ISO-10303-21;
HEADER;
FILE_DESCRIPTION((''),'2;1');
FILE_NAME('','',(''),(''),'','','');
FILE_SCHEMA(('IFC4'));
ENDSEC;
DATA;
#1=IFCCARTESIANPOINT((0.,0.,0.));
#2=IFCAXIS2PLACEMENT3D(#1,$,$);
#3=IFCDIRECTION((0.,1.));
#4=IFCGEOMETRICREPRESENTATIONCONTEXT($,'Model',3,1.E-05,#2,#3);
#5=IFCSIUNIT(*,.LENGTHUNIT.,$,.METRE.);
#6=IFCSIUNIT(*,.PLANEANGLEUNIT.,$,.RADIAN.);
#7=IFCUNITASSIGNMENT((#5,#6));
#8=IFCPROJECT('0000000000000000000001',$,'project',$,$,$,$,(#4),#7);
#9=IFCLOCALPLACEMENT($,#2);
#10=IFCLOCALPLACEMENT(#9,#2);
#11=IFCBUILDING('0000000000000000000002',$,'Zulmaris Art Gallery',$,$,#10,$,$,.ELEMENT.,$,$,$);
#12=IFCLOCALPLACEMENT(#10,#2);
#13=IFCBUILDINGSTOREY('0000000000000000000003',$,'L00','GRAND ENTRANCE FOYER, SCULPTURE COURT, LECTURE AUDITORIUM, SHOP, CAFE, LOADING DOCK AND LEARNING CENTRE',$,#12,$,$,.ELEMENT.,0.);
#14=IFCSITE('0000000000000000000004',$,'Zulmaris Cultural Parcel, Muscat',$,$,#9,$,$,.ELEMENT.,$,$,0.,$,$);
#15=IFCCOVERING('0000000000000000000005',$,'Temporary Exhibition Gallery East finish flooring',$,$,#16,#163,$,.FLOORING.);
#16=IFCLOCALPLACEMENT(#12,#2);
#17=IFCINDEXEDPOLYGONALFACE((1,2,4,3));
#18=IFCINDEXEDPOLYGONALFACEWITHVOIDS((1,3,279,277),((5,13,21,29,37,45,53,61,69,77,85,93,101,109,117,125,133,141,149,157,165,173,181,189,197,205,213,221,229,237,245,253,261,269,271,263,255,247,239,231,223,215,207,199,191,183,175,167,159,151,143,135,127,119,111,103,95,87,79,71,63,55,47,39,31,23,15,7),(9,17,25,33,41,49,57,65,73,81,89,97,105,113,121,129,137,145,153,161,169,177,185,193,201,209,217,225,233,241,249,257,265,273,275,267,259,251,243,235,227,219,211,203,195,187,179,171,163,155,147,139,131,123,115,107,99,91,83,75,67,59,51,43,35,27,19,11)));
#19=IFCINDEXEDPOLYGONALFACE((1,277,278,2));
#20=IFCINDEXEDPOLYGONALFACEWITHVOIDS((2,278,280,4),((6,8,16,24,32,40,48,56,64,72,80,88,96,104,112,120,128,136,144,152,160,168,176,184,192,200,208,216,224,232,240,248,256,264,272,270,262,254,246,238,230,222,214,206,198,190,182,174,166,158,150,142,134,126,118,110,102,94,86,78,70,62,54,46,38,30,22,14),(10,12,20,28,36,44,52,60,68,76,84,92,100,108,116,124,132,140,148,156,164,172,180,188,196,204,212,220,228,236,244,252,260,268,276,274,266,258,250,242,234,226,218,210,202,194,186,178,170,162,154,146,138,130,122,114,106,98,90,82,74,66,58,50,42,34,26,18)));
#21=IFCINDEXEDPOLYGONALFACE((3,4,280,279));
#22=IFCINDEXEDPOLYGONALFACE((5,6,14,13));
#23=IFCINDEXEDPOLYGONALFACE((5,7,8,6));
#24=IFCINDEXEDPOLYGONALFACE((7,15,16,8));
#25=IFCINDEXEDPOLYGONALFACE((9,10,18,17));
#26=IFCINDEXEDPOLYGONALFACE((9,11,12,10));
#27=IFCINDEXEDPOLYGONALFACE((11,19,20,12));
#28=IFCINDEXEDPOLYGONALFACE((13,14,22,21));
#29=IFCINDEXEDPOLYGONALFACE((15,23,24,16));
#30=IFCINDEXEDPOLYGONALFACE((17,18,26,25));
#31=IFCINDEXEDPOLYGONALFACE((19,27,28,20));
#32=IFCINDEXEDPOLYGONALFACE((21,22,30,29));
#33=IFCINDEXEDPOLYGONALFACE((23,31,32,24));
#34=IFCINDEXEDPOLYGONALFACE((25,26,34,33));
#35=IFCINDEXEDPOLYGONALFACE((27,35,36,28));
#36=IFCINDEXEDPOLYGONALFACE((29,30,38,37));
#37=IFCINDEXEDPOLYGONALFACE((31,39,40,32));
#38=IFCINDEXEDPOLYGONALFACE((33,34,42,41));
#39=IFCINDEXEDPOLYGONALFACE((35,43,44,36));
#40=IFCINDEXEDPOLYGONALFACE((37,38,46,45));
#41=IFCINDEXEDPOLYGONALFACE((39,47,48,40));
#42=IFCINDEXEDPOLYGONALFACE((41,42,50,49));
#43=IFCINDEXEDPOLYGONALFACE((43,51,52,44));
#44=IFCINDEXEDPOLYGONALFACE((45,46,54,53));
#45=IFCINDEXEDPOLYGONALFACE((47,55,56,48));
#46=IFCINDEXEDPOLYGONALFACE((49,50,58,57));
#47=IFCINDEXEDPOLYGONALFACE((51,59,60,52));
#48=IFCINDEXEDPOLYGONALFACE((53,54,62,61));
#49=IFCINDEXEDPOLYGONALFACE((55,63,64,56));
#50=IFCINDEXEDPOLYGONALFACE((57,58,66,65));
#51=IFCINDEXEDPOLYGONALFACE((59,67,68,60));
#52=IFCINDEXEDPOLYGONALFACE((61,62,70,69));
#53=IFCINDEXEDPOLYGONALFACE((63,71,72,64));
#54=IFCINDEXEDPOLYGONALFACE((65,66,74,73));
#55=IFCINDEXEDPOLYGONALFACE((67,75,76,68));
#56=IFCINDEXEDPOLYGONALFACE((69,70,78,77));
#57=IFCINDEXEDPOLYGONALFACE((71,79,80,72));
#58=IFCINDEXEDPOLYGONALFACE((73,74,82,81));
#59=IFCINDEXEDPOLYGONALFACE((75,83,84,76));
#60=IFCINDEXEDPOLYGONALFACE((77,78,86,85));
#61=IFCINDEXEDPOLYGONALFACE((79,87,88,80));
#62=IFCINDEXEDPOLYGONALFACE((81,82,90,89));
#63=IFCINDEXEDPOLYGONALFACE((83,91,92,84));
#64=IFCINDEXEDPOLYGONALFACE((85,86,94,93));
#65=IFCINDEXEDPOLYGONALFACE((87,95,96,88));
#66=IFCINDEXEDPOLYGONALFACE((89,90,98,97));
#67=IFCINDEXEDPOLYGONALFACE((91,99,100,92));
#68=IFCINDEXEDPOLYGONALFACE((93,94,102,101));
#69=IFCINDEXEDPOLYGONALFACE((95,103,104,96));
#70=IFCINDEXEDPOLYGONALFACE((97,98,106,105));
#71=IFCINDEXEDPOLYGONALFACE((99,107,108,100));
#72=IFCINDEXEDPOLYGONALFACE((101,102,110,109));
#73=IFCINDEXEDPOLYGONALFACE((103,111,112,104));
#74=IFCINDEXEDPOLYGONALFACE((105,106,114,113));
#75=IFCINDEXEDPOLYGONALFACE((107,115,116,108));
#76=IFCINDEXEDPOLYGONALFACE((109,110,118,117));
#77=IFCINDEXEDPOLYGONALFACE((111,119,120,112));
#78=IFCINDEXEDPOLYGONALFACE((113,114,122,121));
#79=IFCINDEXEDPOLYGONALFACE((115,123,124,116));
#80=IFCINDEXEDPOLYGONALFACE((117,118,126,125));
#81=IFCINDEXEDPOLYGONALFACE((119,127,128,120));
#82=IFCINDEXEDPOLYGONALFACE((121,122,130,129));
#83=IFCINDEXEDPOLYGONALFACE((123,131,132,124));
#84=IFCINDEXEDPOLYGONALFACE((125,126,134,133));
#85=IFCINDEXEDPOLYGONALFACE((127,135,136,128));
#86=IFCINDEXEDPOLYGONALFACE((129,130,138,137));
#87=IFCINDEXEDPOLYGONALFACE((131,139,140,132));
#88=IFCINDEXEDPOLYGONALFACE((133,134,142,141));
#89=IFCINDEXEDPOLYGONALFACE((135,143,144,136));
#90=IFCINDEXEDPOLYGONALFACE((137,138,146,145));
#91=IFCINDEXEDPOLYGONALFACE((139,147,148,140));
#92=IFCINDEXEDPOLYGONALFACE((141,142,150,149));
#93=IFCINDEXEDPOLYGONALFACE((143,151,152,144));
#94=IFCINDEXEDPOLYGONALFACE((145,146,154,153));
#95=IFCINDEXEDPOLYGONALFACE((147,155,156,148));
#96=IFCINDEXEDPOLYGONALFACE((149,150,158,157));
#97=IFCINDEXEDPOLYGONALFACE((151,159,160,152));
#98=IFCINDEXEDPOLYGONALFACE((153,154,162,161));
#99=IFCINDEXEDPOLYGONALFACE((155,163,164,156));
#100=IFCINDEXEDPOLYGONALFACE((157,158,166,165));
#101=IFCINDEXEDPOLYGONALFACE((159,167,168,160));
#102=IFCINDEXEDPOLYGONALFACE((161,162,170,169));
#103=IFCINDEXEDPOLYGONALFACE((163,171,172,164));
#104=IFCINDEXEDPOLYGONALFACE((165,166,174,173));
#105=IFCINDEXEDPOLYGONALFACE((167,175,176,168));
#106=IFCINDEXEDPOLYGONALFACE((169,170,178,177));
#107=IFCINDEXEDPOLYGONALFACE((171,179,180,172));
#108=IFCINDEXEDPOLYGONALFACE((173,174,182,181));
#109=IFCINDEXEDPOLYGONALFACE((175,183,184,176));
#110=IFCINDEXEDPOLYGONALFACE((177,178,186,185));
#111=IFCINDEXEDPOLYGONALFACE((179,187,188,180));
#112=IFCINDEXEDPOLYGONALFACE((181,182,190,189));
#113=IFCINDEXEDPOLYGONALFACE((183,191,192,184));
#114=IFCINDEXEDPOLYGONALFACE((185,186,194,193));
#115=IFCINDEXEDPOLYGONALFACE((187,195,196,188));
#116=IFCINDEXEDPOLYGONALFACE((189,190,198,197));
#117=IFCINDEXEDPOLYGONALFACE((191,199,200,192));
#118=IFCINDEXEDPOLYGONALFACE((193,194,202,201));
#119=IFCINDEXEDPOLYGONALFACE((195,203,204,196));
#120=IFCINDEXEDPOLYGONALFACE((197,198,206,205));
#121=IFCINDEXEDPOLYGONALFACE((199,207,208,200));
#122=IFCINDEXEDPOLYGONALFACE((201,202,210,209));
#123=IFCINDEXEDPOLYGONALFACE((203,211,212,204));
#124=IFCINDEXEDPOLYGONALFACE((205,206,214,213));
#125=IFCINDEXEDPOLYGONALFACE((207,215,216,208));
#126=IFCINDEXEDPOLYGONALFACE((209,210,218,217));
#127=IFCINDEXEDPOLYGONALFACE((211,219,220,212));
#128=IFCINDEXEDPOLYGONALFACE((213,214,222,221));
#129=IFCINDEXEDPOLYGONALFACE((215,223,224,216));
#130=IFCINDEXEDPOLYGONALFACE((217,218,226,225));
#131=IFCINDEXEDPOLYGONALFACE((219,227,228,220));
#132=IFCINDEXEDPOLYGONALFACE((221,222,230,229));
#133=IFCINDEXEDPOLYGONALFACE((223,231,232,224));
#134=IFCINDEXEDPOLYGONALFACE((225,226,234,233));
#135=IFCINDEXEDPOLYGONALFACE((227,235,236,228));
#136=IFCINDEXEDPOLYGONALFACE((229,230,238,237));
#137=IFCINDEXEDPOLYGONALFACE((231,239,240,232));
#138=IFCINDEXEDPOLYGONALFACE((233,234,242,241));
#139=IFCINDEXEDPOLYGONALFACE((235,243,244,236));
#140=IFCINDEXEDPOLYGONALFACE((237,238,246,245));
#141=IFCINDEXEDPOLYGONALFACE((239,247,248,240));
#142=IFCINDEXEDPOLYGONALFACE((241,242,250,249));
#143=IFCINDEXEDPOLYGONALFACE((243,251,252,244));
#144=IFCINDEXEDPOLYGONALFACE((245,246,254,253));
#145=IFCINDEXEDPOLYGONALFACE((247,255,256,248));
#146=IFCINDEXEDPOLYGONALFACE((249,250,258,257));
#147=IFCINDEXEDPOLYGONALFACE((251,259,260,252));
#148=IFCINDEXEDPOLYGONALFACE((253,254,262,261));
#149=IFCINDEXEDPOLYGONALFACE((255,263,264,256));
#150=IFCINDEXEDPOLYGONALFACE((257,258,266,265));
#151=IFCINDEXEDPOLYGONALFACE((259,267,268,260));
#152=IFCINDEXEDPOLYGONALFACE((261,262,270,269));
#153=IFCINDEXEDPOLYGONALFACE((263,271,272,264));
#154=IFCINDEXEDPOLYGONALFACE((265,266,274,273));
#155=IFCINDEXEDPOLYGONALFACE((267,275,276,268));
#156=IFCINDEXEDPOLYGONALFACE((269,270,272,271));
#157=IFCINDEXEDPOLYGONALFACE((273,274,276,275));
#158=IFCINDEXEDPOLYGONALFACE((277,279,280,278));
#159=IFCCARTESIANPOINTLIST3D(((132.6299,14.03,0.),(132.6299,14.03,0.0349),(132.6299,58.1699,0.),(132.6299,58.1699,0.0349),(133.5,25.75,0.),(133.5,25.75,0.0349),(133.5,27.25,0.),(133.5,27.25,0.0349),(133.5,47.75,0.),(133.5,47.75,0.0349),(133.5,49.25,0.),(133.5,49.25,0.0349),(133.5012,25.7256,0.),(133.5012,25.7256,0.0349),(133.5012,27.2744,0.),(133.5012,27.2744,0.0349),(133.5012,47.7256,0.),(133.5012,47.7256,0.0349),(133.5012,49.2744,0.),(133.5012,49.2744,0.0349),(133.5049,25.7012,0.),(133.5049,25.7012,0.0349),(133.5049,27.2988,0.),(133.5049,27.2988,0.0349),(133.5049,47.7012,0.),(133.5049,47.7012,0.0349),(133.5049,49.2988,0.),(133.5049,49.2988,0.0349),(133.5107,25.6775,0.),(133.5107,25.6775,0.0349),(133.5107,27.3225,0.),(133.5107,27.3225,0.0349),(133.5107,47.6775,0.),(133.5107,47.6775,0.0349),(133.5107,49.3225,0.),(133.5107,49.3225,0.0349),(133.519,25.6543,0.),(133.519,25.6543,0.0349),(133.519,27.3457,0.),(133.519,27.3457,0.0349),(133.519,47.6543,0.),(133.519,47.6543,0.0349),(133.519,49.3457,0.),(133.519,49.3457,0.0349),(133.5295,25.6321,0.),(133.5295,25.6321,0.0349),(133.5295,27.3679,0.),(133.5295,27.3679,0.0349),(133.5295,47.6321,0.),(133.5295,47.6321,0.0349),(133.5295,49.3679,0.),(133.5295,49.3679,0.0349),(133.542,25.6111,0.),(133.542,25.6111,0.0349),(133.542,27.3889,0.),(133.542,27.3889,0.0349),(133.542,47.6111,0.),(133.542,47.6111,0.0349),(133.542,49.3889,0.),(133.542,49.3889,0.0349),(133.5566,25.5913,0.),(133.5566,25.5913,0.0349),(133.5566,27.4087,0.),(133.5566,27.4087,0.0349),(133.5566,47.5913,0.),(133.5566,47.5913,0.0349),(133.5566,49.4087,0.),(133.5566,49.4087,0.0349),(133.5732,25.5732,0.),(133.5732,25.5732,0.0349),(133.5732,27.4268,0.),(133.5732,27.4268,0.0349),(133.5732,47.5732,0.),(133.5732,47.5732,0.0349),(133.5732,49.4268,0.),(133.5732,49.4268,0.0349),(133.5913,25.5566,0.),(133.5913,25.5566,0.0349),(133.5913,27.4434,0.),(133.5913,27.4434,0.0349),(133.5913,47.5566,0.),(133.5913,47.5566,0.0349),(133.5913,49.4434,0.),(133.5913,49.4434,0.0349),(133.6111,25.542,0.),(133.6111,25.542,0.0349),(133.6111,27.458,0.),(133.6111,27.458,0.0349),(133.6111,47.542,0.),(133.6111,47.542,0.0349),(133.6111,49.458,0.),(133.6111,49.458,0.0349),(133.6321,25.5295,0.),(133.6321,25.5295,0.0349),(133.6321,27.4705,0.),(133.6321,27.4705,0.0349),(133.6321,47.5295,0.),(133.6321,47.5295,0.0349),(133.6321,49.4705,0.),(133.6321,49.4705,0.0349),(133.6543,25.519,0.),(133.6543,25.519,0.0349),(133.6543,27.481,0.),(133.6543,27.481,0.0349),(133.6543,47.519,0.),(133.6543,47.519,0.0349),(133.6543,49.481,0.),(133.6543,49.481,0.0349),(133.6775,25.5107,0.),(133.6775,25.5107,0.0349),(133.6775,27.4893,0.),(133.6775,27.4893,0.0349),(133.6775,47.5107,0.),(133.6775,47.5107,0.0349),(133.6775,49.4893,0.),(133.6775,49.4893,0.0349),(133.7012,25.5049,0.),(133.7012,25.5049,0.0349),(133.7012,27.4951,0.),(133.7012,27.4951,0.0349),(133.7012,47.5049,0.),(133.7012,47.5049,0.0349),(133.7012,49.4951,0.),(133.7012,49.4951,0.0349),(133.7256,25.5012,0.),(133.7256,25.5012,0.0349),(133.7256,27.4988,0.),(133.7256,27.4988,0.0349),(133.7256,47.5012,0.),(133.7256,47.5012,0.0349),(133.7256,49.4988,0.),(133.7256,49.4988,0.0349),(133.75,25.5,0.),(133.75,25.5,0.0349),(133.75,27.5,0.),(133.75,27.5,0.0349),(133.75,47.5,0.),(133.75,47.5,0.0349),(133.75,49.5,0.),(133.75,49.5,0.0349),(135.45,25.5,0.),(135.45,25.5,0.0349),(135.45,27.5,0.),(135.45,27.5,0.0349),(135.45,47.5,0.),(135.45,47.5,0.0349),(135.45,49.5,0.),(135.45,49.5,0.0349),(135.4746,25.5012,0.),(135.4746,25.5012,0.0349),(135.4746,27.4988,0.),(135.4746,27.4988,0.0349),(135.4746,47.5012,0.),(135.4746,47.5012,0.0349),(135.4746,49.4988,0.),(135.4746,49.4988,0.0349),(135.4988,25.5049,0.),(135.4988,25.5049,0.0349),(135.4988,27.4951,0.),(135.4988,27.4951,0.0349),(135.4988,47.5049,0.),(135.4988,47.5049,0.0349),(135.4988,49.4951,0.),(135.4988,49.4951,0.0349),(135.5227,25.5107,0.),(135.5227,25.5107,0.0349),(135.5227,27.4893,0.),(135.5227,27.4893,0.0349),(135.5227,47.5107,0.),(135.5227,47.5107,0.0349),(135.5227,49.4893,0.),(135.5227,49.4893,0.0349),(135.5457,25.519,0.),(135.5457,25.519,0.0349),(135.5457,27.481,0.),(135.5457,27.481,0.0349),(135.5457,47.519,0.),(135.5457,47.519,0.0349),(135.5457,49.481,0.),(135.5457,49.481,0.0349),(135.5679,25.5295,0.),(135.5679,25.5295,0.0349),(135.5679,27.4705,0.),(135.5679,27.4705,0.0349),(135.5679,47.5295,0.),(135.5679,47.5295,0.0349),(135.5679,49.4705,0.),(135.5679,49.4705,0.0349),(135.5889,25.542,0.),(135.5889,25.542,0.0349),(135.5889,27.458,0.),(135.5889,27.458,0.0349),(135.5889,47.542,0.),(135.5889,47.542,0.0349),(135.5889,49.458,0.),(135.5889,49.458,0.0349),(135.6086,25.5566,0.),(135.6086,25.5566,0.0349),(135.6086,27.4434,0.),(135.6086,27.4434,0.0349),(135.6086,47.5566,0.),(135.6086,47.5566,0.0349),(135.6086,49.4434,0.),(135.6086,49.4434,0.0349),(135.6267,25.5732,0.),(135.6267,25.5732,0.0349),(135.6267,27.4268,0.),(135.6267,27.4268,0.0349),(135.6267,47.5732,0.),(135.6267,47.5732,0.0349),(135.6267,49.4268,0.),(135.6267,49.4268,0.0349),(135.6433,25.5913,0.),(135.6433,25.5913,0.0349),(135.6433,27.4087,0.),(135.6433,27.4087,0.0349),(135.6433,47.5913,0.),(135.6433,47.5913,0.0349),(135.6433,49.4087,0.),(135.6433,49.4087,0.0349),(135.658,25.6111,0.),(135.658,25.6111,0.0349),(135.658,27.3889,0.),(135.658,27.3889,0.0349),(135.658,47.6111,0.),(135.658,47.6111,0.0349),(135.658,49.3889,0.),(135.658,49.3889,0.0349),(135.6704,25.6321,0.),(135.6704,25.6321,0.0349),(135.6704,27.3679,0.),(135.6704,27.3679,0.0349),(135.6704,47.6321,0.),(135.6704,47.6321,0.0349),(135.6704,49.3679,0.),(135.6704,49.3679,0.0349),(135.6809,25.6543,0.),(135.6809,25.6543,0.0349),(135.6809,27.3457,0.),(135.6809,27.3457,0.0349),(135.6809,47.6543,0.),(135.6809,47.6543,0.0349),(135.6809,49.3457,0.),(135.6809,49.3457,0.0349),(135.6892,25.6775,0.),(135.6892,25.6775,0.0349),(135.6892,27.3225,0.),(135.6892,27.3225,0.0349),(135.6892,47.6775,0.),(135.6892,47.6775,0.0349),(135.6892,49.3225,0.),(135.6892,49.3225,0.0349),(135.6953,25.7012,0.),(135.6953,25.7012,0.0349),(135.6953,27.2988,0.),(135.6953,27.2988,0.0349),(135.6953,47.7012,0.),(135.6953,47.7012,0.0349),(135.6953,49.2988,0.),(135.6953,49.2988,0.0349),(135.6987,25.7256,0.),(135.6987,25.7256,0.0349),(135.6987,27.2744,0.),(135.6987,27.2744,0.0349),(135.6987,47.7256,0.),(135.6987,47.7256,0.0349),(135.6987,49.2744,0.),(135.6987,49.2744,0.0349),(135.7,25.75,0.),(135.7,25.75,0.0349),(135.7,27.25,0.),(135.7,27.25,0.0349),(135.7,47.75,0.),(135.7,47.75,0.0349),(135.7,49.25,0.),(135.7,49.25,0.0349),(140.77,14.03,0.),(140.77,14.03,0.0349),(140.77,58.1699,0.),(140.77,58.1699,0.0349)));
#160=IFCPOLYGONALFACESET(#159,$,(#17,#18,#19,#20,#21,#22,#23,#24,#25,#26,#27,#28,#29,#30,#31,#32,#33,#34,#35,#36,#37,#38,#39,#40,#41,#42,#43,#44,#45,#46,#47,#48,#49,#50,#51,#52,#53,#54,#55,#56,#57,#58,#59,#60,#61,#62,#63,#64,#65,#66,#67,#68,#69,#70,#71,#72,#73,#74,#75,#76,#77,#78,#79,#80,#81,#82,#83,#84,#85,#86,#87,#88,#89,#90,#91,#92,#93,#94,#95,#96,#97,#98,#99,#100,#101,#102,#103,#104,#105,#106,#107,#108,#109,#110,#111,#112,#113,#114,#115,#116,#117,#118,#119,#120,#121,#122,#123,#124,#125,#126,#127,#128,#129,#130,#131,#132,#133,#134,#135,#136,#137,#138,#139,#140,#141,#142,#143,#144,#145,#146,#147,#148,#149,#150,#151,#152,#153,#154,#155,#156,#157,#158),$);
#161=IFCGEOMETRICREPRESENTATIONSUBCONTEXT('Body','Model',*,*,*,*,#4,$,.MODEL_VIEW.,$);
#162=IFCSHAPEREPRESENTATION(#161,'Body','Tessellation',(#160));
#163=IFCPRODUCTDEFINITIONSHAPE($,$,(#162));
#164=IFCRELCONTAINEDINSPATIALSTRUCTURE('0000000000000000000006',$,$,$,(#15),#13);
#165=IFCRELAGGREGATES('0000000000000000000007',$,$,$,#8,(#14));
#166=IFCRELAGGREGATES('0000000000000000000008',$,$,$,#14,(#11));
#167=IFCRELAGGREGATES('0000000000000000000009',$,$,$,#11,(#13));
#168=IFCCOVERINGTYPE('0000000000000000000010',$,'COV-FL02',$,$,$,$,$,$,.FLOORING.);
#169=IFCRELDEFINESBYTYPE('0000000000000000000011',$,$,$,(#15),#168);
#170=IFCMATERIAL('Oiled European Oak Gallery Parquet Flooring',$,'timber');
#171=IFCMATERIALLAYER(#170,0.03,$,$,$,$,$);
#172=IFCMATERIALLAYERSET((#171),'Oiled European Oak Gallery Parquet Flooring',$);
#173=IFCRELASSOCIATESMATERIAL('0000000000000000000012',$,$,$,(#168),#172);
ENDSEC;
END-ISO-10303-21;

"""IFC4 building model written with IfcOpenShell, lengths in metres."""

from ifc_helpers import new_model, si_unit, direction, origin, place, context, subcontext, project, spatial, polyline, outline, extrude, material, layer, layer_set, type_object, element, save


model = new_model("IFC4")

# Units and contexts
model_context = context("Model", 3, precision=1e-05, world=origin(), true_north=direction((0.0, 1.0)))
body_context = subcontext(model_context, "Body", "Model", "MODEL_VIEW")
ifc_project = project(units=[si_unit("LENGTHUNIT", "METRE"), si_unit("PLANEANGLEUNIT", "RADIAN")], contexts=[model_context])

# Site, building, storey
site_placement = place(None, origin())
site = spatial("IfcSite", under=ifc_project, at=site_placement, Name="Zulmaris Cultural Parcel, Muscat", CompositionType="ELEMENT", RefElevation=0.0)
building_placement = place(site_placement, origin())
building = spatial("IfcBuilding", under=site, at=building_placement, Name="Zulmaris Art Gallery", CompositionType="ELEMENT")
storey_placement = place(building_placement, origin())
storey = spatial("IfcBuildingStorey", under=building, at=storey_placement, Name="L00", Description="GRAND ENTRANCE FOYER, SCULPTURE COURT, LECTURE AUDITORIUM, SHOP, CAFE, LOADING DOCK AND LEARNING CENTRE", CompositionType="ELEMENT", Elevation=0.0)

# Covering
ifc_material_1 = material(Name="Oiled European Oak Gallery Parquet Flooring", Category="timber")
ifc_layer_1 = layer(ifc_material_1, 0.03)
ifc_layer_set_1 = layer_set([ifc_layer_1], Name="Oiled European Oak Gallery Parquet Flooring")
covering_type_1 = type_object("IfcCoveringType", Name="COV-FL02", PredefinedType="FLOORING", material=ifc_layer_set_1)
covering_1_placement = place(storey_placement, origin())
element("IfcCovering", 1, at=covering_1_placement, inside=storey, type_object=covering_type_1, Name="Temporary Exhibition Gallery East finish flooring", PredefinedType="FLOORING", context=body_context, shape_type="SweptSolid", body=[
    extrude(outline(polyline([(140.77, 14.03), (132.6299, 14.03), (132.6299, 58.1699), (140.77, 58.1699), (140.77, 14.03)]), holes=[polyline([(133.5012, 25.7256), (133.5049, 25.7012), (133.5107, 25.6775), (133.519, 25.6543), (133.5295, 25.6321), (133.542, 25.6111), (133.5566, 25.5913), (133.5732, 25.5732), (133.5913, 25.5566), (133.6111, 25.542), (133.6321, 25.5295), (133.6543, 25.519), (133.6775, 25.5107), (133.7012, 25.5049), (133.7256, 25.5012), (133.75, 25.5), (135.45, 25.5), (135.4746, 25.5012), (135.4988, 25.5049), (135.5227, 25.5107), (135.5457, 25.519), (135.5679, 25.5295), (135.5889, 25.542), (135.6086, 25.5566), (135.6267, 25.5732), (135.6433, 25.5913), (135.658, 25.6111), (135.6704, 25.6321), (135.6809, 25.6543), (135.6892, 25.6775), (135.6953, 25.7012), (135.6987, 25.7256), (135.7, 25.75), (135.7, 27.25), (135.6987, 27.2744), (135.6953, 27.2988), (135.6892, 27.3225), (135.6809, 27.3457), (135.6704, 27.3679), (135.658, 27.3889), (135.6433, 27.4087), (135.6267, 27.4268), (135.6086, 27.4434), (135.5889, 27.458), (135.5679, 27.4705), (135.5457, 27.481), (135.5227, 27.4893), (135.4988, 27.4951), (135.4746, 27.4988), (135.45, 27.5), (133.75, 27.5), (133.7256, 27.4988), (133.7012, 27.4951), (133.6775, 27.4893), (133.6543, 27.481), (133.6321, 27.4705), (133.6111, 27.458), (133.5913, 27.4434), (133.5732, 27.4268), (133.5566, 27.4087), (133.542, 27.3889), (133.5295, 27.3679), (133.519, 27.3457), (133.5107, 27.3225), (133.5049, 27.2988), (133.5012, 27.2744), (133.5, 27.25), (133.5, 25.75), (133.5012, 25.7256)]), polyline([(133.5012, 47.7256), (133.5049, 47.7012), (133.5107, 47.6775), (133.519, 47.6543), (133.5295, 47.6321), (133.542, 47.6111), (133.5566, 47.5913), (133.5732, 47.5732), (133.5913, 47.5566), (133.6111, 47.542), (133.6321, 47.5295), (133.6543, 47.519), (133.6775, 47.5107), (133.7012, 47.5049), (133.7256, 47.5012), (133.75, 47.5), (135.45, 47.5), (135.4746, 47.5012), (135.4988, 47.5049), (135.5227, 47.5107), (135.5457, 47.519), (135.5679, 47.5295), (135.5889, 47.542), (135.6086, 47.5566), (135.6267, 47.5732), (135.6433, 47.5913), (135.658, 47.6111), (135.6704, 47.6321), (135.6809, 47.6543), (135.6892, 47.6775), (135.6953, 47.7012), (135.6987, 47.7256), (135.7, 47.75), (135.7, 49.25), (135.6987, 49.2744), (135.6953, 49.2988), (135.6892, 49.3225), (135.6809, 49.3457), (135.6704, 49.3679), (135.658, 49.3889), (135.6433, 49.4087), (135.6267, 49.4268), (135.6086, 49.4434), (135.5889, 49.458), (135.5679, 49.4705), (135.5457, 49.481), (135.5227, 49.4893), (135.4988, 49.4951), (135.4746, 49.4988), (135.45, 49.5), (133.75, 49.5), (133.7256, 49.4988), (133.7012, 49.4951), (133.6775, 49.4893), (133.6543, 49.481), (133.6321, 49.4705), (133.6111, 49.458), (133.5913, 49.4434), (133.5732, 49.4268), (133.5566, 49.4087), (133.542, 49.3889), (133.5295, 49.3679), (133.519, 49.3457), (133.5107, 49.3225), (133.5049, 49.2988), (133.5012, 49.2744), (133.5, 49.25), (133.5, 47.75), (133.5012, 47.7256)])]), origin(), (0.0, 0.0, 1.0), 0.0349),
])

save(model, "model.ifc")
